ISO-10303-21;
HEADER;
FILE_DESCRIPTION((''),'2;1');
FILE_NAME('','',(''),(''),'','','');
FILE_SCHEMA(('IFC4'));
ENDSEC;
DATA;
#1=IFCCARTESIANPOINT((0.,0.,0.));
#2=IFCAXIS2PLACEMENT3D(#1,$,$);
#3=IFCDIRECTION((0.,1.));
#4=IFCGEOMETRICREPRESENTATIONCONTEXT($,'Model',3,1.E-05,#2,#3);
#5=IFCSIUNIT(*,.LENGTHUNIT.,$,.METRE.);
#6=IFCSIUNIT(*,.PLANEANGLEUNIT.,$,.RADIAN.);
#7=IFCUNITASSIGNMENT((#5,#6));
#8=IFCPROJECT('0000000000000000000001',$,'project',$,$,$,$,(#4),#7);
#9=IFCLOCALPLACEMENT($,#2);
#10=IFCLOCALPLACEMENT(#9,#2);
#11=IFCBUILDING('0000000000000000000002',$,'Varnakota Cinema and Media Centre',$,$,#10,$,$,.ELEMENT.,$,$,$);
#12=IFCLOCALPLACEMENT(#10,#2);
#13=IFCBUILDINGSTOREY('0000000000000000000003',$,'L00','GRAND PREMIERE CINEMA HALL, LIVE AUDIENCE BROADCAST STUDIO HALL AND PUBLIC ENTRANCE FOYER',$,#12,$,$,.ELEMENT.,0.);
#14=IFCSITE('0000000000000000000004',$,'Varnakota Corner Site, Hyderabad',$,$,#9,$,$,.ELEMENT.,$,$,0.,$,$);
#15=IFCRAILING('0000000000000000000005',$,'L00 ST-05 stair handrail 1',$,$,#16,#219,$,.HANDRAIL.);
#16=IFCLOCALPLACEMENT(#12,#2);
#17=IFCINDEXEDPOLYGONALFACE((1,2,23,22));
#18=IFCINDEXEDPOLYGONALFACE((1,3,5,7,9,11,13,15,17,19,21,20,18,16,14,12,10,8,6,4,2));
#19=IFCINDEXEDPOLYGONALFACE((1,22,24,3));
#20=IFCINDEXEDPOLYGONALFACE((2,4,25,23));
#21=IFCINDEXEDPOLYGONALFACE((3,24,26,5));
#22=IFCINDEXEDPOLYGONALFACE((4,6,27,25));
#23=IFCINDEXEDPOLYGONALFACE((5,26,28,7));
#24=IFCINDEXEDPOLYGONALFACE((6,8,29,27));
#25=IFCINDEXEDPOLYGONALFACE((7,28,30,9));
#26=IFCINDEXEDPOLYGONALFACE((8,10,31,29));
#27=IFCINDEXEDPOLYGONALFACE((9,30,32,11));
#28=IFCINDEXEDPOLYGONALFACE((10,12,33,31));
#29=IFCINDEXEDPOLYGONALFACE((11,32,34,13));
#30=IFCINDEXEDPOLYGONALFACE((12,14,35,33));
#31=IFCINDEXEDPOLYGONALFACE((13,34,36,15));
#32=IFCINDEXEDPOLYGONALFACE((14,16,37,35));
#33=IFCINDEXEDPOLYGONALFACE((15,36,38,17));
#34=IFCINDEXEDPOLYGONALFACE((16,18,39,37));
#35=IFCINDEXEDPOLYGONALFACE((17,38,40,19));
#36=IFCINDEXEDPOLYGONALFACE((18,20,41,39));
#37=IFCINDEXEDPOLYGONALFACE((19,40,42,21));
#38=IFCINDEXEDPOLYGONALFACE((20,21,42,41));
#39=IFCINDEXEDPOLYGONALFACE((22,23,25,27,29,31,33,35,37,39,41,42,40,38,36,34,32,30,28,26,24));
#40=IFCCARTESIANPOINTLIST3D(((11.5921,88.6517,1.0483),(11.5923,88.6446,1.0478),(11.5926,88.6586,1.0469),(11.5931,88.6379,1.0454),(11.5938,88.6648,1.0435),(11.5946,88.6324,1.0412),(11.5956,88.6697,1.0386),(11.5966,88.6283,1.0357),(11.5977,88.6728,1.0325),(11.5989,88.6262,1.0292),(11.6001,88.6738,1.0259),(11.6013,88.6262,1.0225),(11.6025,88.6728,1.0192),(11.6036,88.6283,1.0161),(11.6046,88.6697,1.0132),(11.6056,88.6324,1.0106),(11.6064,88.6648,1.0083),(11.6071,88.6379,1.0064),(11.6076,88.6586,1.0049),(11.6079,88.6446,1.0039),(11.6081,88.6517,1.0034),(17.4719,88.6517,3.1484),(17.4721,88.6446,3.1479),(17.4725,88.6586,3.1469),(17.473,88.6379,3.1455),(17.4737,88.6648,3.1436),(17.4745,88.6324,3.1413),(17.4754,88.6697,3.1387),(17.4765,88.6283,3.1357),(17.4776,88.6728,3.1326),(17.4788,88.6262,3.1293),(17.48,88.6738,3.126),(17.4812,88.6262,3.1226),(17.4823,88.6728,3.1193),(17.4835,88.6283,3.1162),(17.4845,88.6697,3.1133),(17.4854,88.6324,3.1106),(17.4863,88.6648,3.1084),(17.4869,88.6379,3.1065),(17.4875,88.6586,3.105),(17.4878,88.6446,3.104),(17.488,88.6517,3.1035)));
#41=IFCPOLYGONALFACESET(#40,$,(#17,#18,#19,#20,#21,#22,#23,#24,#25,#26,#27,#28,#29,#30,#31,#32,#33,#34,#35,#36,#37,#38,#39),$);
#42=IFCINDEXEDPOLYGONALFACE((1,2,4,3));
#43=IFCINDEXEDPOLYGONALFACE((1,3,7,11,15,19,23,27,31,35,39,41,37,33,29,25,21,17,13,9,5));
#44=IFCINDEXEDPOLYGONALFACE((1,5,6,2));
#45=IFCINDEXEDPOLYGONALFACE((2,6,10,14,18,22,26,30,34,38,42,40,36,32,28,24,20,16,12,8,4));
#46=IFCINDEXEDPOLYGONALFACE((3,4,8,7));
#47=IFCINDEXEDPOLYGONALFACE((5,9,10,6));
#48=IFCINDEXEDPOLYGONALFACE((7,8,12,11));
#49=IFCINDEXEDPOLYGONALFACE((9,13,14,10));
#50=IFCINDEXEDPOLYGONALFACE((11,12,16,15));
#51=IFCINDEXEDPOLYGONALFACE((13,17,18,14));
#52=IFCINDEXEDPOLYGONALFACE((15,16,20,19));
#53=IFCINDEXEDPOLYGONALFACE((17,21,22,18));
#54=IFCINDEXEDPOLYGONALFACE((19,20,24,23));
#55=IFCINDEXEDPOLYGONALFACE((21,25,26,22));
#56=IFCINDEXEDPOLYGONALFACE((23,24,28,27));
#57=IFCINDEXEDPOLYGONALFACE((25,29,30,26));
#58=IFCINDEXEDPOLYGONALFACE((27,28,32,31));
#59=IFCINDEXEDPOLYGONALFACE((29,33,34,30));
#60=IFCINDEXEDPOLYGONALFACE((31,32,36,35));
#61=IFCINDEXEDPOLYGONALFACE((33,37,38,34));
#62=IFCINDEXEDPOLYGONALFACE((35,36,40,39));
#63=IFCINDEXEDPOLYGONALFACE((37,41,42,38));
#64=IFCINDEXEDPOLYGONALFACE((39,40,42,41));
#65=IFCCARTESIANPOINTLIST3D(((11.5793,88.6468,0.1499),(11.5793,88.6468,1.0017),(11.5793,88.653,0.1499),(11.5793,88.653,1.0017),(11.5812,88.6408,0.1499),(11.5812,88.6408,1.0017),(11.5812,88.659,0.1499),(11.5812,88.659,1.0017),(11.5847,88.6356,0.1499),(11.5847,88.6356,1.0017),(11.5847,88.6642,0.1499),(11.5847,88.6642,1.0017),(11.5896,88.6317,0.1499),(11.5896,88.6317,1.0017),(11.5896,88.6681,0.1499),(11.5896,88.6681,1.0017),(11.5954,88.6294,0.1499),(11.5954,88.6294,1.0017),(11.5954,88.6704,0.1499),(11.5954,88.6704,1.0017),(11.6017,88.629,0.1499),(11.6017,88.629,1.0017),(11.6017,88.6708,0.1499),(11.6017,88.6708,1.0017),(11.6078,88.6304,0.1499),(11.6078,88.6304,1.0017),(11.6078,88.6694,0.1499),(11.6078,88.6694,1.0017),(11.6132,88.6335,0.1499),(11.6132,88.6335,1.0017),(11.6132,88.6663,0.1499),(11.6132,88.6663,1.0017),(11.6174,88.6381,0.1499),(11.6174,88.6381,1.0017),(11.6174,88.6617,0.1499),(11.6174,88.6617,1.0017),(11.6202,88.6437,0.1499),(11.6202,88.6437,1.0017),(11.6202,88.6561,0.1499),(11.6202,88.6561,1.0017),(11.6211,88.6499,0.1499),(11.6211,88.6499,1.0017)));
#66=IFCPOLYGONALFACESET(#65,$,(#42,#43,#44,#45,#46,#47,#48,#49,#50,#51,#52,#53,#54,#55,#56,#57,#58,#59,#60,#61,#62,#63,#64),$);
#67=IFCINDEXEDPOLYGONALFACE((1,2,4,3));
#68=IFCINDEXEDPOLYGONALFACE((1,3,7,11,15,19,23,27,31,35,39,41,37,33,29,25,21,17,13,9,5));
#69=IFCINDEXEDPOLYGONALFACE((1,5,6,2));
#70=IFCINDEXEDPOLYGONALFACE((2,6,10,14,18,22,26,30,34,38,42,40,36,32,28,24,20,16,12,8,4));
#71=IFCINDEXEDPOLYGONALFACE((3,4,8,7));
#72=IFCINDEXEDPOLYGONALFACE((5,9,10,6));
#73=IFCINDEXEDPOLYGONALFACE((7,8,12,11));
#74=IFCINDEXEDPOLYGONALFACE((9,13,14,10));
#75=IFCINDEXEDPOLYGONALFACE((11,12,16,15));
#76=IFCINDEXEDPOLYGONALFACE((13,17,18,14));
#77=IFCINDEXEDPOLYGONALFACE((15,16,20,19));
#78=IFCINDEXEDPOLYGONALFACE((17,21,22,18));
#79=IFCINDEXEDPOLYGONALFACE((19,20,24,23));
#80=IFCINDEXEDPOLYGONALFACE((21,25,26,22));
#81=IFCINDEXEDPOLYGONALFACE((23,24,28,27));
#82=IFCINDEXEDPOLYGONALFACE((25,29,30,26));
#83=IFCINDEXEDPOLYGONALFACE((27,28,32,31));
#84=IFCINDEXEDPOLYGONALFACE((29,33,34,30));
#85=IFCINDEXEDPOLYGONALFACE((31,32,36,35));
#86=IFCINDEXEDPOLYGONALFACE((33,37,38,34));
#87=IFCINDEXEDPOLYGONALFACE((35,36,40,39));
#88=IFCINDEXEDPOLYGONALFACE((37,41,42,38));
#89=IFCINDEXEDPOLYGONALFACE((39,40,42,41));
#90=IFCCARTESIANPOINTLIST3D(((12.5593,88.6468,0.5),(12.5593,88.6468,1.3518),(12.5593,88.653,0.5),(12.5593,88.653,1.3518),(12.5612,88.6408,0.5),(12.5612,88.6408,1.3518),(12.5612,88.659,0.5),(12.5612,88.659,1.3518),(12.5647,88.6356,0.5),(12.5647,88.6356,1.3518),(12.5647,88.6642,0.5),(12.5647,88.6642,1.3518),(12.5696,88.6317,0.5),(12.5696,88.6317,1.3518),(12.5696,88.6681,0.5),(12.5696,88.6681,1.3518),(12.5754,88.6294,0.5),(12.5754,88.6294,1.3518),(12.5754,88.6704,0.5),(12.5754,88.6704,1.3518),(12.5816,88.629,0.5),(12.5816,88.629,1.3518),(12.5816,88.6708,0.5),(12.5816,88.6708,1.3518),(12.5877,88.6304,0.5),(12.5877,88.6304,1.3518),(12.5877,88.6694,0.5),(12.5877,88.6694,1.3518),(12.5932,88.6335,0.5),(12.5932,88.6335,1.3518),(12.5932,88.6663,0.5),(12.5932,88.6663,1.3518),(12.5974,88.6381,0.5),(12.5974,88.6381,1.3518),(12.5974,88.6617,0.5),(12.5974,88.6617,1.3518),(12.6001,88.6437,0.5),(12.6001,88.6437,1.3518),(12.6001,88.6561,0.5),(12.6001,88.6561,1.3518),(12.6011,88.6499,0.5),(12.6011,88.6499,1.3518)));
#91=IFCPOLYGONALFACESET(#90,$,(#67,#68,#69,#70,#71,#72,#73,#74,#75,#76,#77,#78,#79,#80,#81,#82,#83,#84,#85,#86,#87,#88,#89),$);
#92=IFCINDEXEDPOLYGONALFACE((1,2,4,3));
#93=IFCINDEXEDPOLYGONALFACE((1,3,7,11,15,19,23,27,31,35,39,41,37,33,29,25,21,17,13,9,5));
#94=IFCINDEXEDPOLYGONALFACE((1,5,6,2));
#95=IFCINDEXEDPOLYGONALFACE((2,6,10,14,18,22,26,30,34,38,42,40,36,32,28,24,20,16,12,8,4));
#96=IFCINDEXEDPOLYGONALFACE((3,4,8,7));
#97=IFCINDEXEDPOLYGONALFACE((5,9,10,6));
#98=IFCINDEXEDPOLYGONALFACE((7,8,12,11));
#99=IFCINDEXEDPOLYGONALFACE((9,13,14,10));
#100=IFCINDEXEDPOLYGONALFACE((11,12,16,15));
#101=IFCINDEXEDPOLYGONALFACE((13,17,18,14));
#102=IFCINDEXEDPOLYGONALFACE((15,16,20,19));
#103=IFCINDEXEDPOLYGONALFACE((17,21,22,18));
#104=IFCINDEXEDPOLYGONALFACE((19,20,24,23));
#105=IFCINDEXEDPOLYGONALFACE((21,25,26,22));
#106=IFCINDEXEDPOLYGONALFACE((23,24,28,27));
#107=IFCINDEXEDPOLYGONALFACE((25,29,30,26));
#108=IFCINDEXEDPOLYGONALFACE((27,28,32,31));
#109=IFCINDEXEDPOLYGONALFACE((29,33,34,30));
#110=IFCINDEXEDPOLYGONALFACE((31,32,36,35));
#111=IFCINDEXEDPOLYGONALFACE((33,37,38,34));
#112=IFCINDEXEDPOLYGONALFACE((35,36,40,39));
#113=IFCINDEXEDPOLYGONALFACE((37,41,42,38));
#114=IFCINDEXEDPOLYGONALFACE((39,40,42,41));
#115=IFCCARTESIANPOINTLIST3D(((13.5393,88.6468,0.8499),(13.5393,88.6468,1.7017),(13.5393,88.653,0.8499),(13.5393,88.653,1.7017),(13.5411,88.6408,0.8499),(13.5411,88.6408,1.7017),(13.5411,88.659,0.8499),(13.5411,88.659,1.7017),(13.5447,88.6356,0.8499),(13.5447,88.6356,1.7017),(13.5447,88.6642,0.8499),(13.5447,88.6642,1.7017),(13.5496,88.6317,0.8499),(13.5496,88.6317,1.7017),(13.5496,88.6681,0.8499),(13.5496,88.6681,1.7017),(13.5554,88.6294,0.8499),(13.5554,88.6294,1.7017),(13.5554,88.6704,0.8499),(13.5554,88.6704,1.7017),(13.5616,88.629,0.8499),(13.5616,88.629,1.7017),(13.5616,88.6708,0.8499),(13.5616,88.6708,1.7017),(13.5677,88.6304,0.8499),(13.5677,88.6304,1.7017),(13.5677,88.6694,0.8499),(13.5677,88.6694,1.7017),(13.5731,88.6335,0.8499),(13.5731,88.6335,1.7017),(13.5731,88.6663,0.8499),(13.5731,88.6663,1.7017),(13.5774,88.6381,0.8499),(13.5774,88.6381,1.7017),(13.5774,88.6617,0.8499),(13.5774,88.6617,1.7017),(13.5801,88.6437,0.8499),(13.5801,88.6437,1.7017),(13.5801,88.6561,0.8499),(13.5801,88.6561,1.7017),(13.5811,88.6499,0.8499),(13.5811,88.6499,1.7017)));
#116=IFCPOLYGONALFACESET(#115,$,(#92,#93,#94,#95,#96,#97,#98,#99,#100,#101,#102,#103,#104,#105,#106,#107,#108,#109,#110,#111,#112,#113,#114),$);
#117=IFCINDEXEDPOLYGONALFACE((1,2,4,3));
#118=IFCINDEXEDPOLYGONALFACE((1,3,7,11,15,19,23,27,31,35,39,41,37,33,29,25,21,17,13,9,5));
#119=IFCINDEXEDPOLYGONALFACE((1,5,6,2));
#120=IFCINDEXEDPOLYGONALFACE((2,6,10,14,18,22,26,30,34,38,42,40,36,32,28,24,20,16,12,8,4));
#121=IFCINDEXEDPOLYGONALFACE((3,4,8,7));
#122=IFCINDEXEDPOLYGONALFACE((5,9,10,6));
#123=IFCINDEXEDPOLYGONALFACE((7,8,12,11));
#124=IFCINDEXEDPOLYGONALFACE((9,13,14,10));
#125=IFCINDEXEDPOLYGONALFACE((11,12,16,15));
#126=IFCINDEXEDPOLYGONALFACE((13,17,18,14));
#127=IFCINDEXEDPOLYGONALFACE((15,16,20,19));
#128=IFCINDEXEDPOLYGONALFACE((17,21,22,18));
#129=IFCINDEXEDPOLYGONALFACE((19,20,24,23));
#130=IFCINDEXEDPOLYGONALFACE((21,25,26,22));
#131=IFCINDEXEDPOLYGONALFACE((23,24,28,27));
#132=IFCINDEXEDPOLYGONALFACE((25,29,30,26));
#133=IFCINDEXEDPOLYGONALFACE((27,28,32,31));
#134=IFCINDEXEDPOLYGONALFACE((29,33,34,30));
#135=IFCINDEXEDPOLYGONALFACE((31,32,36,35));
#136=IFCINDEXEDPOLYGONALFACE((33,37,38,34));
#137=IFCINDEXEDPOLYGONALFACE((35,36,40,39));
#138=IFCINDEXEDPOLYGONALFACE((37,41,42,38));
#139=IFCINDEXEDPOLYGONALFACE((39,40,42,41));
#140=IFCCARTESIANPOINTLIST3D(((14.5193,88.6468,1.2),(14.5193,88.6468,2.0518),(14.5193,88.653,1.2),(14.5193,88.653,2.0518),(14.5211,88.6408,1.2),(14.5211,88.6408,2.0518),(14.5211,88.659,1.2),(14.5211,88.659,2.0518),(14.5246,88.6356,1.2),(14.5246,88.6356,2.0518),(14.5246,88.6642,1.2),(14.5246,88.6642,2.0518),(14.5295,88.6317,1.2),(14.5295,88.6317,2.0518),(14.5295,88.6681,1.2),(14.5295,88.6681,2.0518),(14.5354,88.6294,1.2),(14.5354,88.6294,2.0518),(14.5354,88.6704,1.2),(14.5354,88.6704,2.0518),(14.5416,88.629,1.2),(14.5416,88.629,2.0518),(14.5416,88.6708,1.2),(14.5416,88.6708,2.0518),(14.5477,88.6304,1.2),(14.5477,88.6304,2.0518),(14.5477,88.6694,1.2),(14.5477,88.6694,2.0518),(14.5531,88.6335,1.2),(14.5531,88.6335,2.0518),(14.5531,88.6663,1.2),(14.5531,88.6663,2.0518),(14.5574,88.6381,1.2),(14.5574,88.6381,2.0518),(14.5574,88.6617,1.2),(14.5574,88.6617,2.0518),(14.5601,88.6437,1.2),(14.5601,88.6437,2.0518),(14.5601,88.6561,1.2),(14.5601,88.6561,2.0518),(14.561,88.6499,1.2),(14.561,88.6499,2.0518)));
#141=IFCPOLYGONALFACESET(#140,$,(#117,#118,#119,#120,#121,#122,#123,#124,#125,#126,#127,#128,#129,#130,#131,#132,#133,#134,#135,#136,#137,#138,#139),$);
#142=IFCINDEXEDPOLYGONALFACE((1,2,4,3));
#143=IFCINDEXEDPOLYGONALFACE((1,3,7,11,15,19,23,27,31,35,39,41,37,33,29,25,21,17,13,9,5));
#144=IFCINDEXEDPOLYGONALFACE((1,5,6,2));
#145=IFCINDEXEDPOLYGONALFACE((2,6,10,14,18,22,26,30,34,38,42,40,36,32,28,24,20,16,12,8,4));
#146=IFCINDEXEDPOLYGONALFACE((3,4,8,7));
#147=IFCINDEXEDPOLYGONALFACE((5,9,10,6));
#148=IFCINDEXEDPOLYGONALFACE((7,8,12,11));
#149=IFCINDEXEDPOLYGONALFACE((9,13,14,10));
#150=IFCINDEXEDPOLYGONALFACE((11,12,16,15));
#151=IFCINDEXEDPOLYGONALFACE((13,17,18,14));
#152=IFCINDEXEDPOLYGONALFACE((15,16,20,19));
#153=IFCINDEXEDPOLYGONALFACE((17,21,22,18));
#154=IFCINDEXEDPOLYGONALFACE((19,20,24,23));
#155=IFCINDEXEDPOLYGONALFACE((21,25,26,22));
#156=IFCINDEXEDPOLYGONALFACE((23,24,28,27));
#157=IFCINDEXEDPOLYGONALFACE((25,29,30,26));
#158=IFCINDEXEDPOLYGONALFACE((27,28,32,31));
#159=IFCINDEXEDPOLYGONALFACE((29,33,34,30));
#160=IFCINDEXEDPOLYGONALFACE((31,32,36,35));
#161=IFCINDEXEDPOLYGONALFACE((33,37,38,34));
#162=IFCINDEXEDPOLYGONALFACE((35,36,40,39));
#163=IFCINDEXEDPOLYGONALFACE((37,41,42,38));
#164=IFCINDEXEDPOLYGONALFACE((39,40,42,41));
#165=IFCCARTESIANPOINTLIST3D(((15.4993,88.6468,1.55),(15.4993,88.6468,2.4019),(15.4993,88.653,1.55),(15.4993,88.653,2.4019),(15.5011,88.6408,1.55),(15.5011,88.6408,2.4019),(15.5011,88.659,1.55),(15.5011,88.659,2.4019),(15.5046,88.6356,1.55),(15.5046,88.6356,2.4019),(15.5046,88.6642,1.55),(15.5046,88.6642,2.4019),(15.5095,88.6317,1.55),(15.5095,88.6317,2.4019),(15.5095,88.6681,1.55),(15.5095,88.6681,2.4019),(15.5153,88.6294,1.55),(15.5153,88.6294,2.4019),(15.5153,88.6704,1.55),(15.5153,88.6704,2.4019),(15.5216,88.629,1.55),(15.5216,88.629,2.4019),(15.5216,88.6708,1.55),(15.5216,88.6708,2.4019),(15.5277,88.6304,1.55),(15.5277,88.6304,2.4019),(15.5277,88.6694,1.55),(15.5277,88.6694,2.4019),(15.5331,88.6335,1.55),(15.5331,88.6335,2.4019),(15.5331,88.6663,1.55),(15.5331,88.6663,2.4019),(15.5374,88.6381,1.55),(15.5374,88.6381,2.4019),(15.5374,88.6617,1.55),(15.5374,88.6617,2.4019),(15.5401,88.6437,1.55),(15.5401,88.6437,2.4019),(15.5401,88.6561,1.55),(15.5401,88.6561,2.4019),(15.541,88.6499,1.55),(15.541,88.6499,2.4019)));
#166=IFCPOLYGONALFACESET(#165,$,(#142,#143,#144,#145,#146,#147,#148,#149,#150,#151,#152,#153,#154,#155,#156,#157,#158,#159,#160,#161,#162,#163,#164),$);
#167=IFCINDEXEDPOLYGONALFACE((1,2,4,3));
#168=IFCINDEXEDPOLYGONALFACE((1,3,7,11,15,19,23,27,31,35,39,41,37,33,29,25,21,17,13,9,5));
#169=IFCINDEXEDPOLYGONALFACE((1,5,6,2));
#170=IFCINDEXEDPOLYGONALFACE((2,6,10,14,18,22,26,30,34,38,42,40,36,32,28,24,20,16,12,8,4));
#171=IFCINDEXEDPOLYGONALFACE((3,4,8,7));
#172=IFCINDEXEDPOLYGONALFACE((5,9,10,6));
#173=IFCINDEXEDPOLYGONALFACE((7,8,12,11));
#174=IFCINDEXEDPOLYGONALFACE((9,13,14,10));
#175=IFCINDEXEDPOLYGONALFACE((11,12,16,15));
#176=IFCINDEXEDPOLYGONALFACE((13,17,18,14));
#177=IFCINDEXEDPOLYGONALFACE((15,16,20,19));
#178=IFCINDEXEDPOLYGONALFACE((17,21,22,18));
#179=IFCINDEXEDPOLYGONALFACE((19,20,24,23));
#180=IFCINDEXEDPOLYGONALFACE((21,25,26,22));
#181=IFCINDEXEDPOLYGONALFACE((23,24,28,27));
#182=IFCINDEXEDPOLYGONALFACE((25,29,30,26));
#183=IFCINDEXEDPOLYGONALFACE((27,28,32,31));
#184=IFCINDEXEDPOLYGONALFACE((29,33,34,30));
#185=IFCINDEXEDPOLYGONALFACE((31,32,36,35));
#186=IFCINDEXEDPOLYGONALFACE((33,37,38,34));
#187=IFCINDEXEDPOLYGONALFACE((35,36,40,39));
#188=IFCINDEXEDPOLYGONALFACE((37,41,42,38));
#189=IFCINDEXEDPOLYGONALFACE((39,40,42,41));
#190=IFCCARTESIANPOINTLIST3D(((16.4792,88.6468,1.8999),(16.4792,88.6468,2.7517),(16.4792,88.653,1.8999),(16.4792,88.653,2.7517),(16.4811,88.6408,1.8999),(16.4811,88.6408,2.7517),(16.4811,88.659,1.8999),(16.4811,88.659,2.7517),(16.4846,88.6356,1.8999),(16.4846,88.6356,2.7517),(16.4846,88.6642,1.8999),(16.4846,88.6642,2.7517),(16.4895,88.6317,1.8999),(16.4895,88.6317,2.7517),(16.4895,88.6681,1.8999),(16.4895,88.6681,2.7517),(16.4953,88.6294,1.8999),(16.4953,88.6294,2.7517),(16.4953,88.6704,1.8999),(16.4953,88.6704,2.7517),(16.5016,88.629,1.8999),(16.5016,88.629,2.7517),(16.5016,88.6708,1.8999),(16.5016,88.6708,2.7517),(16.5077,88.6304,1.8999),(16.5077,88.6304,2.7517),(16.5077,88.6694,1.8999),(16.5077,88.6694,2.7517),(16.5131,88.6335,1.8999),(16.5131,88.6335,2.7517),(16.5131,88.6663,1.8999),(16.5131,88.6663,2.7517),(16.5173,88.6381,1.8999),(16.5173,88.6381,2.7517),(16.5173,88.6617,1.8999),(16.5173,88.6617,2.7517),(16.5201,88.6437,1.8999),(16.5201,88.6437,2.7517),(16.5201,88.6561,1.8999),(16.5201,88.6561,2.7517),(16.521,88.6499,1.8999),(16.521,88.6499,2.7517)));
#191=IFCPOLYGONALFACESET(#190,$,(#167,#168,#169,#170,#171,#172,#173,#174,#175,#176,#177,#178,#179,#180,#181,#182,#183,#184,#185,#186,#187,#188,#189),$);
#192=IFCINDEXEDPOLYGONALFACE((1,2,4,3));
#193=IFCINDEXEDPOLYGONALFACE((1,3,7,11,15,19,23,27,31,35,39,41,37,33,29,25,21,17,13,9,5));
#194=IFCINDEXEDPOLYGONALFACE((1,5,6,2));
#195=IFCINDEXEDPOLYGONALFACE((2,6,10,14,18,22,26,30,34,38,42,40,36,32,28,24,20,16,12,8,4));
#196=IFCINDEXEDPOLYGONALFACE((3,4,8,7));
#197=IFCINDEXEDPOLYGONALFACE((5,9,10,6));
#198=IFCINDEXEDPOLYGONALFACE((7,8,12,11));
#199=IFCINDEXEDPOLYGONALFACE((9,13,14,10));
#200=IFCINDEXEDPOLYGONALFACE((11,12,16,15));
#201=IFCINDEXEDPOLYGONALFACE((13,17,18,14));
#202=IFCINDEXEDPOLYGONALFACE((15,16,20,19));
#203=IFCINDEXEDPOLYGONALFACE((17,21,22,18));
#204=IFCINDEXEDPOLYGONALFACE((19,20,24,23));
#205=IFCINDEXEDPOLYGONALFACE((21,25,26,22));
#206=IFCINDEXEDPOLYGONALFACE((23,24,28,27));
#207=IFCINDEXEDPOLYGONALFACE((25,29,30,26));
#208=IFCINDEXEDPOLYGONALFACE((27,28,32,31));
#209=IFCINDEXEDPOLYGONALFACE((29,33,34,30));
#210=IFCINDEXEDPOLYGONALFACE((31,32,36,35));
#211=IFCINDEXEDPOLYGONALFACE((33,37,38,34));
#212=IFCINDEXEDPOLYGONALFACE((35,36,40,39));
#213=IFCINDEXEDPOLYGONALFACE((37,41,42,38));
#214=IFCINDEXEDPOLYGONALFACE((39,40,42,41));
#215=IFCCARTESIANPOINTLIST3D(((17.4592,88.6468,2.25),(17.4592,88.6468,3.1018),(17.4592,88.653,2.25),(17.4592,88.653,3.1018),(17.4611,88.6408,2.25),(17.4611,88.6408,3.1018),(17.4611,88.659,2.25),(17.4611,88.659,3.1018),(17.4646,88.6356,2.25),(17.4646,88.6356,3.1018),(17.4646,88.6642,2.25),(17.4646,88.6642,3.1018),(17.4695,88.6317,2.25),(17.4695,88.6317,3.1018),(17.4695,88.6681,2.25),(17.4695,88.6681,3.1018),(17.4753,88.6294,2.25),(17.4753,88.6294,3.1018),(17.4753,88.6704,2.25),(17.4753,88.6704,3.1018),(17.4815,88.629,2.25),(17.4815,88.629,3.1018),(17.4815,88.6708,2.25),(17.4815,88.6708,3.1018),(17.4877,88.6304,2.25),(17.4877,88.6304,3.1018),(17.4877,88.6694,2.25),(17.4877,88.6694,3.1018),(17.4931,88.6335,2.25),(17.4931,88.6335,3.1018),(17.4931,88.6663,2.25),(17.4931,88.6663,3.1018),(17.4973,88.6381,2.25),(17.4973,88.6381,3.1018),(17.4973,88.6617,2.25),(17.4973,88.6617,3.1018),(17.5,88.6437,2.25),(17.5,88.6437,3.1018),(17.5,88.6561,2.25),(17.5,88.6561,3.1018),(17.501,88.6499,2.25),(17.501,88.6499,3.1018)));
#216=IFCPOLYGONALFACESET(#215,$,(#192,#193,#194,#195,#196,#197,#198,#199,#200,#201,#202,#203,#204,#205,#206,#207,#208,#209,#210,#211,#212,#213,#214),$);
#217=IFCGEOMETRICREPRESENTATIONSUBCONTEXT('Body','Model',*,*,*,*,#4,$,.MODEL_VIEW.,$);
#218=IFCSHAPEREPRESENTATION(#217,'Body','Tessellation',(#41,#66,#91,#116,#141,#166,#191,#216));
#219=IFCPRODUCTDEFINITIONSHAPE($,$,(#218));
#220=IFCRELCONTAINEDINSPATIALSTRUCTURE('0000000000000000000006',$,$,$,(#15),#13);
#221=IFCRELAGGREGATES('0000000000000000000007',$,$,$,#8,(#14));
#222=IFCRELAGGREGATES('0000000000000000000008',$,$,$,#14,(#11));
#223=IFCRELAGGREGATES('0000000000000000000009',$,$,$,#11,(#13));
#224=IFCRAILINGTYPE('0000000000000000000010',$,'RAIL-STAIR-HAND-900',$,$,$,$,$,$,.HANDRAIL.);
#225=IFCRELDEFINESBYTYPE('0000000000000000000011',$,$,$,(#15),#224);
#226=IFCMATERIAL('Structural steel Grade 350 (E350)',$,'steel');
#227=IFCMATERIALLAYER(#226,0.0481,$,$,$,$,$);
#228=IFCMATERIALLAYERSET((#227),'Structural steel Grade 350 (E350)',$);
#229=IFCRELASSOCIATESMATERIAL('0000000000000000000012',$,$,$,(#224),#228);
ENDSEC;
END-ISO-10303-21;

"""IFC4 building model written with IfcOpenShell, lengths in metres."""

from ifc_helpers import new_model, si_unit, direction, frame, origin, origin_2d, place, context, subcontext, project, spatial, circle, extrude, material, layer, layer_set, type_object, element, save


model = new_model("IFC4")

# Units and contexts
model_context = context("Model", 3, precision=1e-05, world=origin(), true_north=direction((0.0, 1.0)))
body_context = subcontext(model_context, "Body", "Model", "MODEL_VIEW")
ifc_project = project(units=[si_unit("LENGTHUNIT", "METRE"), si_unit("PLANEANGLEUNIT", "RADIAN")], contexts=[model_context])

# Site, building, storey
site_placement = place(None, origin())
site = spatial("IfcSite", under=ifc_project, at=site_placement, Name="Varnakota Corner Site, Hyderabad", CompositionType="ELEMENT", RefElevation=0.0)
building_placement = place(site_placement, origin())
building = spatial("IfcBuilding", under=site, at=building_placement, Name="Varnakota Cinema and Media Centre", CompositionType="ELEMENT")
storey_placement = place(building_placement, origin())
storey = spatial("IfcBuildingStorey", under=building, at=storey_placement, Name="L00", Description="GRAND PREMIERE CINEMA HALL, LIVE AUDIENCE BROADCAST STUDIO HALL AND PUBLIC ENTRANCE FOYER", CompositionType="ELEMENT", Elevation=0.0)

# Railing
ifc_material_1 = material(Name="Structural steel Grade 350 (E350)", Category="steel")
ifc_layer_1 = layer(ifc_material_1, 0.0481)
ifc_layer_set_1 = layer_set([ifc_layer_1], Name="Structural steel Grade 350 (E350)")
railing_type_1 = type_object("IfcRailingType", Name="RAIL-STAIR-HAND-900", PredefinedType="HANDRAIL", material=ifc_layer_set_1)
railing_1_placement = place(storey_placement, frame((11.6001, 88.6499, 0.1499)))
element("IfcRailing", 1, at=railing_1_placement, inside=storey, type_object=railing_type_1, Name="L00 ST-05 stair handrail 1", PredefinedType="HANDRAIL", context=body_context, shape_type="SweptSolid", body=[
    extrude(circle(Radius=0.0239, at=origin_2d()), frame((0.0, 0.0, 0.876), z_axis=(0.941735, 0.0, 0.336356), x_axis=(0.0, 1.0, 0.0)), (0.0, 0.0, 1.0), 6.2437),
    extrude(circle(Radius=0.021, at=origin_2d()), origin(), (0.0, 0.0, 1.0), 0.8518),
    extrude(circle(Radius=0.021, at=origin_2d()), frame((0.98, 0.0, 0.3501)), (0.0, 0.0, 1.0), 0.8518),
    extrude(circle(Radius=0.021, at=origin_2d()), frame((1.96, 0.0, 0.7)), (0.0, 0.0, 1.0), 0.8518),
    extrude(circle(Radius=0.021, at=origin_2d()), frame((2.9399, 0.0, 1.05)), (0.0, 0.0, 1.0), 0.8518),
    extrude(circle(Radius=0.021, at=origin_2d()), frame((3.9199, 0.0, 1.4001)), (0.0, 0.0, 1.0), 0.8518),
    extrude(circle(Radius=0.021, at=origin_2d()), frame((4.8999, 0.0, 1.75)), (0.0, 0.0, 1.0), 0.8518),
    extrude(circle(Radius=0.021, at=origin_2d()), frame((5.8799, 0.0, 2.1001)), (0.0, 0.0, 1.0), 0.8518),
])

save(model, "model.ifc")
